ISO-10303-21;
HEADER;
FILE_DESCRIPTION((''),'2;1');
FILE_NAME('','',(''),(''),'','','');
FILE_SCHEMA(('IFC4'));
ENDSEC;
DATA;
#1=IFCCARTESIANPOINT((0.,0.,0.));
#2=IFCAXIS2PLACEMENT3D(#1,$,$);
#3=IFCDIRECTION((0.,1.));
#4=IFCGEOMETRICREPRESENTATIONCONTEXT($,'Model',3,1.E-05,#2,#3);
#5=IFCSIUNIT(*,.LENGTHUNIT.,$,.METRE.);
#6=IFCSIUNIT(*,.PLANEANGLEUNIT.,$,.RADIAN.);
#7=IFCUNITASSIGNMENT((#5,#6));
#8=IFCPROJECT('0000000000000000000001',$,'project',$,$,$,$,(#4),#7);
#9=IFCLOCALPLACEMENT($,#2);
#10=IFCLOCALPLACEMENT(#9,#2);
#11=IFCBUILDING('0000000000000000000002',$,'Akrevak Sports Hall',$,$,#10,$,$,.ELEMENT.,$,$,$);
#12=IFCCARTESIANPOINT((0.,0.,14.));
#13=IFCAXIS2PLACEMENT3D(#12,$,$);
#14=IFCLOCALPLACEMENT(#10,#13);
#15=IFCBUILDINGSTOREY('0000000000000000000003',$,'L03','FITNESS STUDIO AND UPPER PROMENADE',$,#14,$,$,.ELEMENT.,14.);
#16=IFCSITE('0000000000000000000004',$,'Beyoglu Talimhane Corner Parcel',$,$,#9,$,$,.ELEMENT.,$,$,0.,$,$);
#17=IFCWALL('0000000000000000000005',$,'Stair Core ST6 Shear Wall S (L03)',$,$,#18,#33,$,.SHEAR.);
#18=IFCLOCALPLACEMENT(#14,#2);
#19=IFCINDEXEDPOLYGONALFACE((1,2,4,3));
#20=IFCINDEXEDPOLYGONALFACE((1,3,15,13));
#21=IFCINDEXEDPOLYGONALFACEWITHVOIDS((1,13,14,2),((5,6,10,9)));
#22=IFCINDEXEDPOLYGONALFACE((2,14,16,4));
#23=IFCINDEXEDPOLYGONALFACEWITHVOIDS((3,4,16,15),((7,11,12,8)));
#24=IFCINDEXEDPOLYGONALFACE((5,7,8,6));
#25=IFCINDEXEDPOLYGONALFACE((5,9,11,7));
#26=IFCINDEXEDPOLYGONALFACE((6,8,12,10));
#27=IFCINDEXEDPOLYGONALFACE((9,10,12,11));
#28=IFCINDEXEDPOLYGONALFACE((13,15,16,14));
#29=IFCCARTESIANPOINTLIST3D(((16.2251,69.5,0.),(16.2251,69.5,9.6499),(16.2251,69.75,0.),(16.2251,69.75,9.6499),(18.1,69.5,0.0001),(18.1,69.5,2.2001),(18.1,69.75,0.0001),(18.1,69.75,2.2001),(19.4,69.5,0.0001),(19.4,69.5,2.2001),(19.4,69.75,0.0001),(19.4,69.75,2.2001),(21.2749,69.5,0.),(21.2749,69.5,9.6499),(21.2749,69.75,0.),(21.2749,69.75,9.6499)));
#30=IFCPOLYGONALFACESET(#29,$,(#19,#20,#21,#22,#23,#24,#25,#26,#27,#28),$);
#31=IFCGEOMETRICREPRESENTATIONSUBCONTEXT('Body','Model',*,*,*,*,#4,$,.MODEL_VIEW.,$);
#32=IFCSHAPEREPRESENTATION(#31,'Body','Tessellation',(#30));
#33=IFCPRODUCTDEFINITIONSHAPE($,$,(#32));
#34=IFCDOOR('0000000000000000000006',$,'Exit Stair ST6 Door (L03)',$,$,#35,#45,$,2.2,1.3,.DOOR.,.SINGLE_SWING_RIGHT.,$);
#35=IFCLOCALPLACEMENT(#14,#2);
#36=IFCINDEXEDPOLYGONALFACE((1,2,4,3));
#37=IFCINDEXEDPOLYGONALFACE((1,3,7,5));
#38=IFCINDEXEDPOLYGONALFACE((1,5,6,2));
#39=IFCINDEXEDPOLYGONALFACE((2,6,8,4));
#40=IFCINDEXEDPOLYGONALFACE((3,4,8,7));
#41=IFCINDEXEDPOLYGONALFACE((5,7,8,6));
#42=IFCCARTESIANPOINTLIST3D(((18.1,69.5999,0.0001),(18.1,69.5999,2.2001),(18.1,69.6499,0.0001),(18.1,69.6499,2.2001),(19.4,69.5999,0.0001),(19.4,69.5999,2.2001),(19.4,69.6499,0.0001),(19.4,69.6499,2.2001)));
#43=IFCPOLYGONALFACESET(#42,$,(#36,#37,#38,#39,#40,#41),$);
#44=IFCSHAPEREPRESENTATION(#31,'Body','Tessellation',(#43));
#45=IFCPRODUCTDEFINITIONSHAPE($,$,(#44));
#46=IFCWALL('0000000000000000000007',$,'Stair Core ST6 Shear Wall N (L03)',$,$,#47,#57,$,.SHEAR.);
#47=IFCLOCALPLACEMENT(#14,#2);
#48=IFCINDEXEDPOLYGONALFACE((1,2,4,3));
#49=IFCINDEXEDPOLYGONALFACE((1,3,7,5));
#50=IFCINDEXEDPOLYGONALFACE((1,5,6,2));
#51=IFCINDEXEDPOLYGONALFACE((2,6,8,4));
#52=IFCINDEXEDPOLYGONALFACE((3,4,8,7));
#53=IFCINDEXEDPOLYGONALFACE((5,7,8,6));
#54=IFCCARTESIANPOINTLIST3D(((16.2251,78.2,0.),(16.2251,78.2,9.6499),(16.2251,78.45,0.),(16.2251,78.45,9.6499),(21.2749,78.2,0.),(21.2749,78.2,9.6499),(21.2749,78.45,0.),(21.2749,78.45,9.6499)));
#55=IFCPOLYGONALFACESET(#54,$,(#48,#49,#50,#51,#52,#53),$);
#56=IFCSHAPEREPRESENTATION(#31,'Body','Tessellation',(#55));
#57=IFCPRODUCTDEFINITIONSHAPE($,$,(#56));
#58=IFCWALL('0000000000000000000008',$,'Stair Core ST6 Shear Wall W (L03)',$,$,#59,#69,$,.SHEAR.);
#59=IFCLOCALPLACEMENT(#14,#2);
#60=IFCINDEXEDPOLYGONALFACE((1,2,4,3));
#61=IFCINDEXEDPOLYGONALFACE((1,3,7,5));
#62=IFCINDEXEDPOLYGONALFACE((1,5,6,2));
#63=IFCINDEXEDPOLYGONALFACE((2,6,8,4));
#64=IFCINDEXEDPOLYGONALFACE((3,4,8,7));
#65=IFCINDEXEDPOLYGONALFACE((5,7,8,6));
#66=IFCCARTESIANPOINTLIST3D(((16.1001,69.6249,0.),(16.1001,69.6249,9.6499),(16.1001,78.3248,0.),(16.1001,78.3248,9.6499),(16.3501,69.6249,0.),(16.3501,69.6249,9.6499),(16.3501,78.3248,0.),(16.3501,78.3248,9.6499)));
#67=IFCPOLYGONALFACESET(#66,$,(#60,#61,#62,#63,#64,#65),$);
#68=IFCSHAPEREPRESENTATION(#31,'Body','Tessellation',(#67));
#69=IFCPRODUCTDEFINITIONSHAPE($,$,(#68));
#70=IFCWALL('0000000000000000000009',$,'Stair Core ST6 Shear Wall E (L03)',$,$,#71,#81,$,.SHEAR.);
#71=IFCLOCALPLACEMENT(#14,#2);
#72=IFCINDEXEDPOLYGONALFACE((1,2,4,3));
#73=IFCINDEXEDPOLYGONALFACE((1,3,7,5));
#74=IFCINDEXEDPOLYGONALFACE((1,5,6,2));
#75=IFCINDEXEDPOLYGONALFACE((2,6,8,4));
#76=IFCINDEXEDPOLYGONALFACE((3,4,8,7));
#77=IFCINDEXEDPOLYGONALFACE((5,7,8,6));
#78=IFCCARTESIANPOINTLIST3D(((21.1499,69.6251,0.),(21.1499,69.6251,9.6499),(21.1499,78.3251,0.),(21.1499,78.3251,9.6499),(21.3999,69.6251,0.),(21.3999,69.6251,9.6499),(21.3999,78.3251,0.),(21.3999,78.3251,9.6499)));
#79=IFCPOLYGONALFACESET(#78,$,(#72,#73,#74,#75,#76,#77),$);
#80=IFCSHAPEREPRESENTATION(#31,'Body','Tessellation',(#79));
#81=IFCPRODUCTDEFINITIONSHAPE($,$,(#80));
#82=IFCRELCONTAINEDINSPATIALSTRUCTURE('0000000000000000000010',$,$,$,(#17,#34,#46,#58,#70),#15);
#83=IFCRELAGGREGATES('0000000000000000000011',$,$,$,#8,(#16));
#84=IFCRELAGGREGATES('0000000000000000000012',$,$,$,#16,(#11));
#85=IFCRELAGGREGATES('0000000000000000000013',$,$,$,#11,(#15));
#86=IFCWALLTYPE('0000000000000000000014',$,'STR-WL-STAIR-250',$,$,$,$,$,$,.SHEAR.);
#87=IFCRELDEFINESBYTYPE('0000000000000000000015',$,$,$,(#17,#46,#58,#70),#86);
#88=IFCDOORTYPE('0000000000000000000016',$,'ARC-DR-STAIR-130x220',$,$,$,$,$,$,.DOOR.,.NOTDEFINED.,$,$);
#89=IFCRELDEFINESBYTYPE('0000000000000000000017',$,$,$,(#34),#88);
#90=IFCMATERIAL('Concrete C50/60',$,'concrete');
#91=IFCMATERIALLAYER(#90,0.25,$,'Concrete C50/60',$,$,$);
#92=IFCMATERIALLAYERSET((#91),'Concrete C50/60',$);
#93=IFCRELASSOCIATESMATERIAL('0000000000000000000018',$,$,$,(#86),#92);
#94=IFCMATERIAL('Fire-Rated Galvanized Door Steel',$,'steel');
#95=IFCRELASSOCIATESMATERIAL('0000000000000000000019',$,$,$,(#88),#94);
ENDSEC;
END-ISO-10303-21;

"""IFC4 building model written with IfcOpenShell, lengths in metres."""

from ifc_helpers import new_model, si_unit, direction, frame, frame_2d, origin, place, context, subcontext, project, spatial, rectangle, extrude, material, layer, layer_set, type_object, element, fill, save


model = new_model("IFC4")

# Units and contexts
model_context = context("Model", 3, precision=1e-05, world=origin(), true_north=direction((0.0, 1.0)))
body_context = subcontext(model_context, "Body", "Model", "MODEL_VIEW")
ifc_project = project(units=[si_unit("LENGTHUNIT", "METRE"), si_unit("PLANEANGLEUNIT", "RADIAN")], contexts=[model_context])

# Site, building, storey
site_placement = place(None, origin())
site = spatial("IfcSite", under=ifc_project, at=site_placement, Name="Beyoglu Talimhane Corner Parcel", CompositionType="ELEMENT", RefElevation=0.0)
building_placement = place(site_placement, origin())
building = spatial("IfcBuilding", under=site, at=building_placement, Name="Akrevak Sports Hall", CompositionType="ELEMENT")
storey_placement = place(building_placement, frame((0.0, 0.0, 14.0)))
storey = spatial("IfcBuildingStorey", under=building, at=storey_placement, Name="L03", Description="FITNESS STUDIO AND UPPER PROMENADE", CompositionType="ELEMENT", Elevation=14.0)

# Shared definitions
ifc_material_1 = material(Name="Concrete C50/60", Category="concrete")

# Wall, opening, door
ifc_layer_1 = layer(ifc_material_1, 0.25, Name="Concrete C50/60")
ifc_layer_set_1 = layer_set([ifc_layer_1], Name="Concrete C50/60")
wall_type_1 = type_object("IfcWallType", Name="STR-WL-STAIR-250", PredefinedType="SHEAR", material=ifc_layer_set_1)
wall_1_placement = place(storey_placement, frame((16.2251, 69.625, 0.0), z_axis=(0.0, 0.0, 1.0), x_axis=(1.0, 0.0, 0.0)))
wall_1 = element("IfcWall", 1, at=wall_1_placement, inside=storey, type_object=wall_type_1, Name="Stair Core ST6 Shear Wall S (L03)", PredefinedType="SHEAR", context=body_context, shape_type="SweptSolid", body=[
    extrude(rectangle(XDim=5.0498, YDim=0.25, at=frame_2d((2.5249, 0.0))), origin(), (0.0, 0.0, 1.0), 9.6499),
])
opening_1_placement = place(wall_1_placement, frame((1.875, 0.0, 0.0)))
opening_1 = element("IfcOpeningElement", 2, at=opening_1_placement, cuts=wall_1, PredefinedType="OPENING", context=body_context, shape_type="SweptSolid", body=[
    extrude(rectangle(XDim=1.3, YDim=2.2, at=frame_2d((0.6499, 1.1001))), frame((0.0, 0.137, 0.0), z_axis=(0.0, -1.0, 0.0), x_axis=(1.0, 0.0, 0.0)), (0.0, 0.0, 1.0), 0.2739),
])
ifc_material_2 = material(Name="Fire-Rated Galvanized Door Steel", Category="steel")
door_type_1 = type_object("IfcDoorType", Name="ARC-DR-STAIR-130x220", OperationType="NOTDEFINED", PredefinedType="DOOR", material=ifc_material_2)
door_1_placement = place(opening_1_placement, origin())
door_1 = element("IfcDoor", 3, at=door_1_placement, inside=storey, type_object=door_type_1, Name="Exit Stair ST6 Door (L03)", OperationType="SINGLE_SWING_RIGHT", OverallHeight=2.2, OverallWidth=1.3, PredefinedType="DOOR", context=body_context, shape_type="SweptSolid", body=[
    extrude(rectangle(XDim=1.3, YDim=2.2, at=frame_2d((0.6499, 1.1001))), frame((0.0, 0.0249, 0.0), z_axis=(0.0, -1.0, 0.0), x_axis=(1.0, 0.0, 0.0)), (0.0, 0.0, 1.0), 0.05),
])
fill(opening_1, door_1)

# Walls
wall_2_placement = place(storey_placement, frame((21.2749, 78.325, 0.0), z_axis=(0.0, 0.0, 1.0), x_axis=(-1.0, 0.0, 0.0)))
element("IfcWall", 4, at=wall_2_placement, inside=storey, type_object=wall_type_1, Name="Stair Core ST6 Shear Wall N (L03)", PredefinedType="SHEAR", context=body_context, shape_type="SweptSolid", body=[
    extrude(rectangle(XDim=5.0498, YDim=0.25, at=frame_2d((2.5249, 0.0))), origin(), (0.0, 0.0, 1.0), 9.6499),
])
for number, where, z_axis, x_axis, name in (
    (5, (16.2251, 78.325, 0.0), (0.0, 0.0, 1.0), (0.0, -1.0, 0.0), "Stair Core ST6 Shear Wall W (L03)"),
    (6, (21.2749, 69.625, 0.0), (0.0, 0.0, 1.0), (0.0, 1.0, 0.0), "Stair Core ST6 Shear Wall E (L03)"),
):
    element("IfcWall", number, at=place(storey_placement, frame(where, z_axis=z_axis, x_axis=x_axis)), inside=storey, type_object=wall_type_1, Name=name, PredefinedType="SHEAR", context=body_context, shape_type="SweptSolid", body=[
        extrude(rectangle(XDim=8.7, YDim=0.25, at=frame_2d((4.3501, 0.0))), origin(), (0.0, 0.0, 1.0), 9.6499),
    ])

save(model, "model.ifc")
